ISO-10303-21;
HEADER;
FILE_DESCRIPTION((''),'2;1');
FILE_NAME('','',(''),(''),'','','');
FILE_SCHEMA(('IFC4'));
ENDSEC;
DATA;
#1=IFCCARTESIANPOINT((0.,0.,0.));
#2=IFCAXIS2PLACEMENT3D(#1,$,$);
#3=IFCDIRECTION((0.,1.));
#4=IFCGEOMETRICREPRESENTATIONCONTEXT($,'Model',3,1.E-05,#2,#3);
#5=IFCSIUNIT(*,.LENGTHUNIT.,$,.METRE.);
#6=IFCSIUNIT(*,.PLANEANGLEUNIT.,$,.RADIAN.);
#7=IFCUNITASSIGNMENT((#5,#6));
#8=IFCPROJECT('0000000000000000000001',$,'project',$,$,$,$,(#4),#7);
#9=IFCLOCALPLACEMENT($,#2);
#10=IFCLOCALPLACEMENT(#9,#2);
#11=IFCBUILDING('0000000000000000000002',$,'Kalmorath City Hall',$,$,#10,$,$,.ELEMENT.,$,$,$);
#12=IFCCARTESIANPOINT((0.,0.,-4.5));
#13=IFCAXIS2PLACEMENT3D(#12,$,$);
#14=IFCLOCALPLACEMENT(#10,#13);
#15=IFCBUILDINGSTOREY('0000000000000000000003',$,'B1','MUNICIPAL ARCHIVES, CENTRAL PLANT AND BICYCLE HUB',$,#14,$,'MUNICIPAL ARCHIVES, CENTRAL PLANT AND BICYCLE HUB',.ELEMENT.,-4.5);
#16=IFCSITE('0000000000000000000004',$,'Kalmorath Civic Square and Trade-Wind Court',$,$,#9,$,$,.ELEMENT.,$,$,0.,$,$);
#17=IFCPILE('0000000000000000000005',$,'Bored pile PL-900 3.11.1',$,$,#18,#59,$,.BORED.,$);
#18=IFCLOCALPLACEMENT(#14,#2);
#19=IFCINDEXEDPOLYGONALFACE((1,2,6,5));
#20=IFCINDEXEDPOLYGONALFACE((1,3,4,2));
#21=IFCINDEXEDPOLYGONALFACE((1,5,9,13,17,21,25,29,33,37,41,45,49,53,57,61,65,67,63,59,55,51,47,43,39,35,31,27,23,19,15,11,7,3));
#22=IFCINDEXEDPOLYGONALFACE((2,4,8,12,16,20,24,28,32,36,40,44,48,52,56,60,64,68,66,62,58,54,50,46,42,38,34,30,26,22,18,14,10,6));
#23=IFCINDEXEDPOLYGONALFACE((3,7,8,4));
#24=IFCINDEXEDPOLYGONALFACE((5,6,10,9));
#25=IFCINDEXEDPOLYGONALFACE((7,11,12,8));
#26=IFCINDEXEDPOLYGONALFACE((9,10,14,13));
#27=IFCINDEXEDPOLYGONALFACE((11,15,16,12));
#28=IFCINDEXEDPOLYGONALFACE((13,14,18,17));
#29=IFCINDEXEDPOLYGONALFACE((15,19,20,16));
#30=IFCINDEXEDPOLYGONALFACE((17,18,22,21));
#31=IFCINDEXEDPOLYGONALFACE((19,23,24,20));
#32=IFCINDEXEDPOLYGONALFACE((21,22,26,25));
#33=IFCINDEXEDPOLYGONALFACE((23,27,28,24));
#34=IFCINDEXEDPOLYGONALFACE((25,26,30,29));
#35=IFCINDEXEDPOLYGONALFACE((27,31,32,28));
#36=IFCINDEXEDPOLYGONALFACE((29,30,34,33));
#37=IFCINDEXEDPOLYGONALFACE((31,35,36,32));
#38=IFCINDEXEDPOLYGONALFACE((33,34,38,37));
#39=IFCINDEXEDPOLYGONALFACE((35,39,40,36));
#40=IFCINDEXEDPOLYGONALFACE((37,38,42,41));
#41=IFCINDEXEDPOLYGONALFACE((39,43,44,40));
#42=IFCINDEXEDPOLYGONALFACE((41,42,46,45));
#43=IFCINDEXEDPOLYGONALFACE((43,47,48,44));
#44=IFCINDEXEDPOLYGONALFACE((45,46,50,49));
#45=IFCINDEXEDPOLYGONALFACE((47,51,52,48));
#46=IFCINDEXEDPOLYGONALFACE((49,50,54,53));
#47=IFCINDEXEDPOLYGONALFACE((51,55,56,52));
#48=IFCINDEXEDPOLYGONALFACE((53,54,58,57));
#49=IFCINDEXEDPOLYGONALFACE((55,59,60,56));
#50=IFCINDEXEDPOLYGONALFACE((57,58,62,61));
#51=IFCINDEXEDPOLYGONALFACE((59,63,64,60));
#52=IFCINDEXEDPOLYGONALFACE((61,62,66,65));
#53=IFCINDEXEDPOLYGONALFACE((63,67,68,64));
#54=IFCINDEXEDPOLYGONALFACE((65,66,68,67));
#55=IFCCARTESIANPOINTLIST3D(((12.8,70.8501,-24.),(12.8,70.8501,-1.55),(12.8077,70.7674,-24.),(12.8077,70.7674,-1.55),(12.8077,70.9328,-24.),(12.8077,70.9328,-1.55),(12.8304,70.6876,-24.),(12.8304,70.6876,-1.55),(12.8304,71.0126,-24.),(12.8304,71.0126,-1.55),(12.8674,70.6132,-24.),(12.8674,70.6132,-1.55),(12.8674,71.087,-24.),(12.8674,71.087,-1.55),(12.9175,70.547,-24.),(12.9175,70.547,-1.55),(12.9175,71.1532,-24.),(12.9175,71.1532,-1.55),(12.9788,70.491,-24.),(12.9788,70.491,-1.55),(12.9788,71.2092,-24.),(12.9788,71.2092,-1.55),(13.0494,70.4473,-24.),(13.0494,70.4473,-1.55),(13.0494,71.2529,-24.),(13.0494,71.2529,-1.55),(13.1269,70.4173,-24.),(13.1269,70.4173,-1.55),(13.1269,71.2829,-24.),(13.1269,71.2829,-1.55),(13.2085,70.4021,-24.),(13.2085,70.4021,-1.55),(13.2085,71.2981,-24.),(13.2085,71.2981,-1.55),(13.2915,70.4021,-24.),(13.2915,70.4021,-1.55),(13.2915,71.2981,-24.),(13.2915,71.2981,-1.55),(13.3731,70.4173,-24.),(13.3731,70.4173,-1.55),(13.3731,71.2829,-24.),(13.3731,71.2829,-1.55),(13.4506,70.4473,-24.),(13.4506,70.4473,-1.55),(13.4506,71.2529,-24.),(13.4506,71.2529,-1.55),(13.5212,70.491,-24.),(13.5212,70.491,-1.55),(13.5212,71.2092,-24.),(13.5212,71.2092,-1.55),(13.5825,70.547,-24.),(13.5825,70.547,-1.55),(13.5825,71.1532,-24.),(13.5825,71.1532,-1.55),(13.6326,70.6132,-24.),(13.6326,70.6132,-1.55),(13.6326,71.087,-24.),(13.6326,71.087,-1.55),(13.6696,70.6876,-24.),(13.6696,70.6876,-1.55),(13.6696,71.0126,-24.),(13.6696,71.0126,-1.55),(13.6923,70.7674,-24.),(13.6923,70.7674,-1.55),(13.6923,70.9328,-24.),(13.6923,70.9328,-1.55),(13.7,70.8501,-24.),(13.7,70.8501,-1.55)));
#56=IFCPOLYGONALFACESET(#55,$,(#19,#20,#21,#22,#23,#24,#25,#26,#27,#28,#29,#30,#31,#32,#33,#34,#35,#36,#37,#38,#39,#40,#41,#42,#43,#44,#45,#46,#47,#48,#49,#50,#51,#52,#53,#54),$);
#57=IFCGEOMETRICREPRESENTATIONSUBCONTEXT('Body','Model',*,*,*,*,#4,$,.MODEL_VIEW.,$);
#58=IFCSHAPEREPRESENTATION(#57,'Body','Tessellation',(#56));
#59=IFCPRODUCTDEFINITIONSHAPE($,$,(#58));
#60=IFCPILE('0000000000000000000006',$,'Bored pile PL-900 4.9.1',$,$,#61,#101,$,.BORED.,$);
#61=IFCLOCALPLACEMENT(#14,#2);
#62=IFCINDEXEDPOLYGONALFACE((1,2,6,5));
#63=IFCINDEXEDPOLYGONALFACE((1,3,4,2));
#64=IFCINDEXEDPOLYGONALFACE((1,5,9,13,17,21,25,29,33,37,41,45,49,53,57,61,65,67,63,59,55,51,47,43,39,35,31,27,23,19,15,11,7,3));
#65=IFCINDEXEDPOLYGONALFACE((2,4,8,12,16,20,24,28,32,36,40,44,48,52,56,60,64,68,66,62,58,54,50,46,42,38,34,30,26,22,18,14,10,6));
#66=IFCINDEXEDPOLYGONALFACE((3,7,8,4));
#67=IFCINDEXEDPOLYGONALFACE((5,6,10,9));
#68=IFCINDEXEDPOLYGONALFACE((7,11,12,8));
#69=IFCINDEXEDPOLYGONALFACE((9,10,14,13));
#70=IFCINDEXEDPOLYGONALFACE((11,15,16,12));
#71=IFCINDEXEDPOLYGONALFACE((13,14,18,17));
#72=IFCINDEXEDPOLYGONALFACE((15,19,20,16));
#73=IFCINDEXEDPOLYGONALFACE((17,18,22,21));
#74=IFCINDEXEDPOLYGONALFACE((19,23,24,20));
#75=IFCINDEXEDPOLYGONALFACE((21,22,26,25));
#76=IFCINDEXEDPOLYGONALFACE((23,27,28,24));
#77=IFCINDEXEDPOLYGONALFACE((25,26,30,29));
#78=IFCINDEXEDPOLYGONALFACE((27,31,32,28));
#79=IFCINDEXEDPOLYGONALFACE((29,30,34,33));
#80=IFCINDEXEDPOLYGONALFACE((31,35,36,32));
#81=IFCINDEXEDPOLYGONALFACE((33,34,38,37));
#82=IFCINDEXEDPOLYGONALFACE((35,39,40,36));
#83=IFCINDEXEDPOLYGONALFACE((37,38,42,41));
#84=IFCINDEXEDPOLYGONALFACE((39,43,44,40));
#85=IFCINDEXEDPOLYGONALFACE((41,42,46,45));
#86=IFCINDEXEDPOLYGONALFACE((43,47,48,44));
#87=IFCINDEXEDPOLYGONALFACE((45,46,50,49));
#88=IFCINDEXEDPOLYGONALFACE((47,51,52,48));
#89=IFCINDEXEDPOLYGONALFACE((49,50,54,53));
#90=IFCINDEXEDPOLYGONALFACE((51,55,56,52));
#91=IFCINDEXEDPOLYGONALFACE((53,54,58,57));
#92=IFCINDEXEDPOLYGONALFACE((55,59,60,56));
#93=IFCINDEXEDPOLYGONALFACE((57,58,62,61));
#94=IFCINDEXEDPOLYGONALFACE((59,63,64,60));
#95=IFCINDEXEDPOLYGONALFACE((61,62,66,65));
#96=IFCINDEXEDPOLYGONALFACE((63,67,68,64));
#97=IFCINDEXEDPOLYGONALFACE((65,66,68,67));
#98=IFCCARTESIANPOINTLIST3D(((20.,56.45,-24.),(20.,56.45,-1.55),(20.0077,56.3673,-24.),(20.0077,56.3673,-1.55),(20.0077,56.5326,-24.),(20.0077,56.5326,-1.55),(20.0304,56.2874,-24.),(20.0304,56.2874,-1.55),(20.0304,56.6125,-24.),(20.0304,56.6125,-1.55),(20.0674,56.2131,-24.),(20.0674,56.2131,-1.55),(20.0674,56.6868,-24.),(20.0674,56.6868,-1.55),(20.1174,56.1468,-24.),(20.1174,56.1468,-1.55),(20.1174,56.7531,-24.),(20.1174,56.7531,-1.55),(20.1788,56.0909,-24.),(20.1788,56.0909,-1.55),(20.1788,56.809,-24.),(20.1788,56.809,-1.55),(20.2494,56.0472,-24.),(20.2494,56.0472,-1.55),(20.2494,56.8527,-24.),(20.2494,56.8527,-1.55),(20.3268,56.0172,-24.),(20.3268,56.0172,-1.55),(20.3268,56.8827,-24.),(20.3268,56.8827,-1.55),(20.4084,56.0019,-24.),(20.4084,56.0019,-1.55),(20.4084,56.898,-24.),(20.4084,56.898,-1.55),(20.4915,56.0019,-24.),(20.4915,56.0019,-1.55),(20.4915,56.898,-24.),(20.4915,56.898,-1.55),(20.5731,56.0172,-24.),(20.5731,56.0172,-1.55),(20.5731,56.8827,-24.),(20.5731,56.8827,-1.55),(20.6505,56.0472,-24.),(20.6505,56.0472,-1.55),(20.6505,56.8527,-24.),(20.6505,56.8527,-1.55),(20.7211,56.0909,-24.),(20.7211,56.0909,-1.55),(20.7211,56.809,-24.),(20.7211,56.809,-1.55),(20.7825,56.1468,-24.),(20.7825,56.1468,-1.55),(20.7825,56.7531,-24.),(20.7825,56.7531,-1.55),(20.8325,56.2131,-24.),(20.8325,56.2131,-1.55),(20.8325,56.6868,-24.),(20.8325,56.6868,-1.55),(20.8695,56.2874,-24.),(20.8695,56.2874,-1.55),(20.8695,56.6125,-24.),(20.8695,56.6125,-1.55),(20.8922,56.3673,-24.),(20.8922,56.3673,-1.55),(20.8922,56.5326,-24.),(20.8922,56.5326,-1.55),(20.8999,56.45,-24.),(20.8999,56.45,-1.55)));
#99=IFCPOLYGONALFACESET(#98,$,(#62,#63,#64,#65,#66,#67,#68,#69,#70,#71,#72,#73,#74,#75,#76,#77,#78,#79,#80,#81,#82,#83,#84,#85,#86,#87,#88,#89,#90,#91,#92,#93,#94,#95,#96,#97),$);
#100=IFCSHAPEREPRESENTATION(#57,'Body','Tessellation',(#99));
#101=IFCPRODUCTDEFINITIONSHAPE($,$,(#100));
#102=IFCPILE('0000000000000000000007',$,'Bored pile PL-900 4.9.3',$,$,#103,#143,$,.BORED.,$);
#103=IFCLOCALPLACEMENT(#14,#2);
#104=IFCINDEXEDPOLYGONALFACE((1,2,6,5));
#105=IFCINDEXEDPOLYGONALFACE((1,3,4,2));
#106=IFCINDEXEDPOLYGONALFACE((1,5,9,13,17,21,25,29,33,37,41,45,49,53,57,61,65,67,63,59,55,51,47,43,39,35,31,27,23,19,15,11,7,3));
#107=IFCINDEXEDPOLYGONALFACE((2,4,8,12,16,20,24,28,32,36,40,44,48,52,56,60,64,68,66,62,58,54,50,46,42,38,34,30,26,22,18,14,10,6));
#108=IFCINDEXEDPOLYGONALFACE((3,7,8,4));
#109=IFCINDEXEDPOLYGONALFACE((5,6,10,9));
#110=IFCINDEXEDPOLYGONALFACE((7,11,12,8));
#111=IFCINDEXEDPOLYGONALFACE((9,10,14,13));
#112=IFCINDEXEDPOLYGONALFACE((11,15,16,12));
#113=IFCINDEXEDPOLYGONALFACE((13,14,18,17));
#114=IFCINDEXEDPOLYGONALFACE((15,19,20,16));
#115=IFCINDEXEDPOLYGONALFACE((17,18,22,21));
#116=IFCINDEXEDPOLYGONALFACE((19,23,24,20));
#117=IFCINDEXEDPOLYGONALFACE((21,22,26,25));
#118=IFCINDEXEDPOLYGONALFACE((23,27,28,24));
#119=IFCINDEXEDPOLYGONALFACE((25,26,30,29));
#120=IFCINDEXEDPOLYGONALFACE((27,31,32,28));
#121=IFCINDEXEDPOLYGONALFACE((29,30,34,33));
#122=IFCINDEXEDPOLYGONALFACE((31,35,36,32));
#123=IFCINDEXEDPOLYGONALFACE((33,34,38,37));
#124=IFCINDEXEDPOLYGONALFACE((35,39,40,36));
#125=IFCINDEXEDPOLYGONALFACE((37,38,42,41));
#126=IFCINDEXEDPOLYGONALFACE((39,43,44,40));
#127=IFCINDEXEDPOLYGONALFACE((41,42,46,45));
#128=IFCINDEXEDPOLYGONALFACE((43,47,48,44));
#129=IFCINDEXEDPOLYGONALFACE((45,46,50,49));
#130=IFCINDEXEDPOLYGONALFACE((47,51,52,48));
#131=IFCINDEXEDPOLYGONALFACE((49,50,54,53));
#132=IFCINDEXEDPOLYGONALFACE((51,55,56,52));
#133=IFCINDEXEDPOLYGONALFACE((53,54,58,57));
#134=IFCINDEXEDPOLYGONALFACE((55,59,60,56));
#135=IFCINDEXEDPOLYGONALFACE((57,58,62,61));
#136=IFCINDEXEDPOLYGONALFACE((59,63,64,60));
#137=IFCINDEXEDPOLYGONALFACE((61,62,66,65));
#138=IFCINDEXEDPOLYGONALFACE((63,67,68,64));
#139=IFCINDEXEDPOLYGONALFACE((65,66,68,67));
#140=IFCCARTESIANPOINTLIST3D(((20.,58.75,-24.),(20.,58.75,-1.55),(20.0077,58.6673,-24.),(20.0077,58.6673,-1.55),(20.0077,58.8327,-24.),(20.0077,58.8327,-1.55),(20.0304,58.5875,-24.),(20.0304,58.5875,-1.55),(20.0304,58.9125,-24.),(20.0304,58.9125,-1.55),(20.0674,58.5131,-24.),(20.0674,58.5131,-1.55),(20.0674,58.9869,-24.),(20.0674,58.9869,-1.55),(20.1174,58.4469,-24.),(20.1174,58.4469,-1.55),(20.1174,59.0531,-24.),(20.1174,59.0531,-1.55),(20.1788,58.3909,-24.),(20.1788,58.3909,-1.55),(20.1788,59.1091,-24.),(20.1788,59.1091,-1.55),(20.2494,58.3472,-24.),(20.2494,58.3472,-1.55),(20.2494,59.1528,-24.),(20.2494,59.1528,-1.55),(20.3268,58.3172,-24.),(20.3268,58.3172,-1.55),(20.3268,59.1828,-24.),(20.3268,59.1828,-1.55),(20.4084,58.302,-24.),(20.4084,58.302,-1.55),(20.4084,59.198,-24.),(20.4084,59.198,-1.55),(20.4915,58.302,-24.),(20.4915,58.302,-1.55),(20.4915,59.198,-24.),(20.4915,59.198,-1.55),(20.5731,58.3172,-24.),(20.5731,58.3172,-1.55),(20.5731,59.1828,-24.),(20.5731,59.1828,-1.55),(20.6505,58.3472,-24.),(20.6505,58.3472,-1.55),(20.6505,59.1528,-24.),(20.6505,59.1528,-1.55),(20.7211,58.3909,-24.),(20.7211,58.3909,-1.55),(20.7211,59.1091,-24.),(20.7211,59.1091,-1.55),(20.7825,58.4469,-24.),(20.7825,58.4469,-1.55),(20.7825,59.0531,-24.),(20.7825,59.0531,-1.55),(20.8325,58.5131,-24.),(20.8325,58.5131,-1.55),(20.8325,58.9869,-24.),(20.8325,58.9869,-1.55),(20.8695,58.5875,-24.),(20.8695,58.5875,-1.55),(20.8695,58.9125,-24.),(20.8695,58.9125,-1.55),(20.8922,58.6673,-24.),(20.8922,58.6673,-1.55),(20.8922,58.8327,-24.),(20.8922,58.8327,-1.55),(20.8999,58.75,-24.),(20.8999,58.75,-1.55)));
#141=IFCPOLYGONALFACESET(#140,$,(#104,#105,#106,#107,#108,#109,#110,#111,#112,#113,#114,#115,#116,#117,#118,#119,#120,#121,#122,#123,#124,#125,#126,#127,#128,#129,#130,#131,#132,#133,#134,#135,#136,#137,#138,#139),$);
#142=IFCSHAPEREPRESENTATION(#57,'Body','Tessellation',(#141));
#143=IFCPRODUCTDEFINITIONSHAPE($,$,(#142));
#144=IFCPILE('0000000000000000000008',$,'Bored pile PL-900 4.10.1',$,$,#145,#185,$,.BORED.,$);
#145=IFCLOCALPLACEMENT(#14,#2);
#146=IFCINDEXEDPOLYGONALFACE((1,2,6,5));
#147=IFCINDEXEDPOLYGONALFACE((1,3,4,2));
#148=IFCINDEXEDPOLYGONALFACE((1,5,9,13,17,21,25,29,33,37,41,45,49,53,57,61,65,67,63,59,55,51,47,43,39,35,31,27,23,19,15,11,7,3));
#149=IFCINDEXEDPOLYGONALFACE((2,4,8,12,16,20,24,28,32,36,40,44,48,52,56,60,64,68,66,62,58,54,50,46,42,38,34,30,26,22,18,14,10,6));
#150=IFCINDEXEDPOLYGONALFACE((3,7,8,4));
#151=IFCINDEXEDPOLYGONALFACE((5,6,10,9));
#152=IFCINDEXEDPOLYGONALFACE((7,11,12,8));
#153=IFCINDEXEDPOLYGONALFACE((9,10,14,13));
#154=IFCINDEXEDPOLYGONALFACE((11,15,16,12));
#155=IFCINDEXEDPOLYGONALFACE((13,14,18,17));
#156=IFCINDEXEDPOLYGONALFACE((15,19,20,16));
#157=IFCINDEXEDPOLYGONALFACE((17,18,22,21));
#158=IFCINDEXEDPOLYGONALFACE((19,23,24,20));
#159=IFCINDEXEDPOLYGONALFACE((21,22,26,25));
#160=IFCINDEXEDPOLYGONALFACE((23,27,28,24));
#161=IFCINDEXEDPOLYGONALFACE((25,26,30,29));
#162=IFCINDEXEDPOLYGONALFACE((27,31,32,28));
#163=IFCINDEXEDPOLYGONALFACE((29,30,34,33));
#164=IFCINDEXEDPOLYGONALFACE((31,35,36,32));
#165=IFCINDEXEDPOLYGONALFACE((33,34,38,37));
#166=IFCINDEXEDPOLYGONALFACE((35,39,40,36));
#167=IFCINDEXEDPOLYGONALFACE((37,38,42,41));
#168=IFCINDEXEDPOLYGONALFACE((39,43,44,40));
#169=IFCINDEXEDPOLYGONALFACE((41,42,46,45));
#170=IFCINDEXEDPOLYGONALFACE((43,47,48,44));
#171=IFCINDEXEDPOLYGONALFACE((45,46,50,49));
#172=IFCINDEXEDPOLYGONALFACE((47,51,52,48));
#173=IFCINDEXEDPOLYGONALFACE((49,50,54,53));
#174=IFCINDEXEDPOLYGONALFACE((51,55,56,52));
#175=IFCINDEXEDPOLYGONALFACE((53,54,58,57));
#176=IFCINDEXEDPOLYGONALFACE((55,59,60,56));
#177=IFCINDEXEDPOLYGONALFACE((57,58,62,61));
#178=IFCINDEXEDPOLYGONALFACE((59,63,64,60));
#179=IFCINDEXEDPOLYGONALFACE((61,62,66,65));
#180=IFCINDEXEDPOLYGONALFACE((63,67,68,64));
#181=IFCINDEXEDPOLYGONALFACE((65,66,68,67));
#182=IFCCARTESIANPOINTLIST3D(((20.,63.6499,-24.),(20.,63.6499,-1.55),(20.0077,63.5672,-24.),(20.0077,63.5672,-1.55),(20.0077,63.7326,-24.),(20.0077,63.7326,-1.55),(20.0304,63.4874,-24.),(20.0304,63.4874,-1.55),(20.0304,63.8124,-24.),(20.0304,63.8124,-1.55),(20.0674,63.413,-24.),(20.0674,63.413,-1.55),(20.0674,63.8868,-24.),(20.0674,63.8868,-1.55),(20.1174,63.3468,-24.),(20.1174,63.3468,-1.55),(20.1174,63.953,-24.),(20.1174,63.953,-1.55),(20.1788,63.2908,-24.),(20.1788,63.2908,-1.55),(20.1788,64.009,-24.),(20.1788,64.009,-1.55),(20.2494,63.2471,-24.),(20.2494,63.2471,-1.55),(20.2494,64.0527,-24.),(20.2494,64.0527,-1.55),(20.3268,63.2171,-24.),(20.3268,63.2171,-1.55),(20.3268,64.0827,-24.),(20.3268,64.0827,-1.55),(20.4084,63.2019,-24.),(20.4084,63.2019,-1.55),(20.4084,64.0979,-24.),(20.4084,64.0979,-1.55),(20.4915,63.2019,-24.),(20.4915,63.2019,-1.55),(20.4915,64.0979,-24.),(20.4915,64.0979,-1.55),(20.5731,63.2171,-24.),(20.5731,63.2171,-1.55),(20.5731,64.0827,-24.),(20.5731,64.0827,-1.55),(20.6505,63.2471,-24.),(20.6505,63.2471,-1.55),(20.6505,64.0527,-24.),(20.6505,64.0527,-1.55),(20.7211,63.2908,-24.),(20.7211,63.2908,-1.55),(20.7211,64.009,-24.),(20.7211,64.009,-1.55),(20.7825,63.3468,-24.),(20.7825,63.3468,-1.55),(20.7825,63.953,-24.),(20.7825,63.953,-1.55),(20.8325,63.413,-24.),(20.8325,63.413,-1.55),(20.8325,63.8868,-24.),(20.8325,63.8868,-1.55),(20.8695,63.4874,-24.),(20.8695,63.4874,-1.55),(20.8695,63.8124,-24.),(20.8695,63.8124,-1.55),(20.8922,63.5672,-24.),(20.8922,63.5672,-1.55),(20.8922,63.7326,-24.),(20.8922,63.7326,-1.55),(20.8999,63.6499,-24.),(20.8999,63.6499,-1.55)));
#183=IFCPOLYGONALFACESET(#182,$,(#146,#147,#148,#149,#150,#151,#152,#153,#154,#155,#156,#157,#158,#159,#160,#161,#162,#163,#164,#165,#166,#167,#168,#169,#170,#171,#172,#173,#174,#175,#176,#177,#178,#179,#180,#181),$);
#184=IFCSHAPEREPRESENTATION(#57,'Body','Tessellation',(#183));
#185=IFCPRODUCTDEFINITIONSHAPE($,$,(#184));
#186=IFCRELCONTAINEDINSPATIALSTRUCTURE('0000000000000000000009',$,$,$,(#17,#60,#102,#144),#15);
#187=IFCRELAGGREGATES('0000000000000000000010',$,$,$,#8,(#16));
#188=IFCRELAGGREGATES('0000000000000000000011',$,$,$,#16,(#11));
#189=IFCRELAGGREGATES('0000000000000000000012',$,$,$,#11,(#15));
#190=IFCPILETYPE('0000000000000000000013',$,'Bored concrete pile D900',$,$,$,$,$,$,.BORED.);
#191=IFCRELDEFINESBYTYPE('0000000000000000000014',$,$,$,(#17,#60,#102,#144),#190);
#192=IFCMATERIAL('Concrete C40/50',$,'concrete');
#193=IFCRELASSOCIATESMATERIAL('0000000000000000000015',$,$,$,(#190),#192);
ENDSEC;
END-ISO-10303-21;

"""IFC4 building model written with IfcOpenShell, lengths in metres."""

from ifc_helpers import new_model, si_unit, direction, frame, origin, origin_2d, place, context, subcontext, project, spatial, circle, extrude, material, material_profile, profile_set, type_object, element, save


model = new_model("IFC4")

# Units and contexts
model_context = context("Model", 3, precision=1e-05, world=origin(), true_north=direction((0.0, 1.0)))
body_context = subcontext(model_context, "Body", "Model", "MODEL_VIEW")
ifc_project = project(units=[si_unit("LENGTHUNIT", "METRE"), si_unit("PLANEANGLEUNIT", "RADIAN")], contexts=[model_context])

# Site, building, storey
site_placement = place(None, origin())
site = spatial("IfcSite", under=ifc_project, at=site_placement, Name="Kalmorath Civic Square and Trade-Wind Court", CompositionType="ELEMENT", RefElevation=0.0)
building_placement = place(site_placement, origin())
building = spatial("IfcBuilding", under=site, at=building_placement, Name="Kalmorath City Hall", CompositionType="ELEMENT")
storey_placement = place(building_placement, frame((0.0, 0.0, -4.5)))
storey = spatial("IfcBuildingStorey", under=building, at=storey_placement, Name="B1", Description="MUNICIPAL ARCHIVES, CENTRAL PLANT AND BICYCLE HUB", LongName="MUNICIPAL ARCHIVES, CENTRAL PLANT AND BICYCLE HUB", CompositionType="ELEMENT", Elevation=-4.5)

# Piles
ifc_material_1 = material(Name="Concrete C40/50", Category="concrete")
ifc_material_profile_1 = material_profile(ifc_material_1, circle(Radius=0.45, at=origin_2d()), Name="PILE-D900")
ifc_profile_set_1 = profile_set([ifc_material_profile_1], Name="Concrete C40/50")
pile_type = type_object("IfcPileType", Name="Bored concrete pile D900", PredefinedType="BORED", material=ifc_profile_set_1)
for number, where, z_axis, x_axis, name in (
    (1, (13.25, 70.8501, -1.55), (0.0, 0.0, -1.0), (1.0, 0.0, 0.0), "Bored pile PL-900 3.11.1"),
    (2, (20.45, 56.45, -1.55), (0.0, 0.0, -1.0), (1.0, 0.0, 0.0), "Bored pile PL-900 4.9.1"),
    (3, (20.45, 58.75, -1.55), (0.0, 0.0, -1.0), (1.0, 0.0, 0.0), "Bored pile PL-900 4.9.3"),
    (4, (20.45, 63.6499, -1.55), (0.0, 0.0, -1.0), (1.0, 0.0, 0.0), "Bored pile PL-900 4.10.1"),
):
    element("IfcPile", number, at=place(storey_placement, frame(where, z_axis=z_axis, x_axis=x_axis)), inside=storey, type_object=pile_type, Name=name, PredefinedType="BORED", context=body_context, shape_type="SweptSolid", body=[
        extrude(circle(Radius=0.45, at=origin_2d()), origin(), (0.0, 0.0, 1.0), 22.45),
    ])

save(model, "model.ifc")
